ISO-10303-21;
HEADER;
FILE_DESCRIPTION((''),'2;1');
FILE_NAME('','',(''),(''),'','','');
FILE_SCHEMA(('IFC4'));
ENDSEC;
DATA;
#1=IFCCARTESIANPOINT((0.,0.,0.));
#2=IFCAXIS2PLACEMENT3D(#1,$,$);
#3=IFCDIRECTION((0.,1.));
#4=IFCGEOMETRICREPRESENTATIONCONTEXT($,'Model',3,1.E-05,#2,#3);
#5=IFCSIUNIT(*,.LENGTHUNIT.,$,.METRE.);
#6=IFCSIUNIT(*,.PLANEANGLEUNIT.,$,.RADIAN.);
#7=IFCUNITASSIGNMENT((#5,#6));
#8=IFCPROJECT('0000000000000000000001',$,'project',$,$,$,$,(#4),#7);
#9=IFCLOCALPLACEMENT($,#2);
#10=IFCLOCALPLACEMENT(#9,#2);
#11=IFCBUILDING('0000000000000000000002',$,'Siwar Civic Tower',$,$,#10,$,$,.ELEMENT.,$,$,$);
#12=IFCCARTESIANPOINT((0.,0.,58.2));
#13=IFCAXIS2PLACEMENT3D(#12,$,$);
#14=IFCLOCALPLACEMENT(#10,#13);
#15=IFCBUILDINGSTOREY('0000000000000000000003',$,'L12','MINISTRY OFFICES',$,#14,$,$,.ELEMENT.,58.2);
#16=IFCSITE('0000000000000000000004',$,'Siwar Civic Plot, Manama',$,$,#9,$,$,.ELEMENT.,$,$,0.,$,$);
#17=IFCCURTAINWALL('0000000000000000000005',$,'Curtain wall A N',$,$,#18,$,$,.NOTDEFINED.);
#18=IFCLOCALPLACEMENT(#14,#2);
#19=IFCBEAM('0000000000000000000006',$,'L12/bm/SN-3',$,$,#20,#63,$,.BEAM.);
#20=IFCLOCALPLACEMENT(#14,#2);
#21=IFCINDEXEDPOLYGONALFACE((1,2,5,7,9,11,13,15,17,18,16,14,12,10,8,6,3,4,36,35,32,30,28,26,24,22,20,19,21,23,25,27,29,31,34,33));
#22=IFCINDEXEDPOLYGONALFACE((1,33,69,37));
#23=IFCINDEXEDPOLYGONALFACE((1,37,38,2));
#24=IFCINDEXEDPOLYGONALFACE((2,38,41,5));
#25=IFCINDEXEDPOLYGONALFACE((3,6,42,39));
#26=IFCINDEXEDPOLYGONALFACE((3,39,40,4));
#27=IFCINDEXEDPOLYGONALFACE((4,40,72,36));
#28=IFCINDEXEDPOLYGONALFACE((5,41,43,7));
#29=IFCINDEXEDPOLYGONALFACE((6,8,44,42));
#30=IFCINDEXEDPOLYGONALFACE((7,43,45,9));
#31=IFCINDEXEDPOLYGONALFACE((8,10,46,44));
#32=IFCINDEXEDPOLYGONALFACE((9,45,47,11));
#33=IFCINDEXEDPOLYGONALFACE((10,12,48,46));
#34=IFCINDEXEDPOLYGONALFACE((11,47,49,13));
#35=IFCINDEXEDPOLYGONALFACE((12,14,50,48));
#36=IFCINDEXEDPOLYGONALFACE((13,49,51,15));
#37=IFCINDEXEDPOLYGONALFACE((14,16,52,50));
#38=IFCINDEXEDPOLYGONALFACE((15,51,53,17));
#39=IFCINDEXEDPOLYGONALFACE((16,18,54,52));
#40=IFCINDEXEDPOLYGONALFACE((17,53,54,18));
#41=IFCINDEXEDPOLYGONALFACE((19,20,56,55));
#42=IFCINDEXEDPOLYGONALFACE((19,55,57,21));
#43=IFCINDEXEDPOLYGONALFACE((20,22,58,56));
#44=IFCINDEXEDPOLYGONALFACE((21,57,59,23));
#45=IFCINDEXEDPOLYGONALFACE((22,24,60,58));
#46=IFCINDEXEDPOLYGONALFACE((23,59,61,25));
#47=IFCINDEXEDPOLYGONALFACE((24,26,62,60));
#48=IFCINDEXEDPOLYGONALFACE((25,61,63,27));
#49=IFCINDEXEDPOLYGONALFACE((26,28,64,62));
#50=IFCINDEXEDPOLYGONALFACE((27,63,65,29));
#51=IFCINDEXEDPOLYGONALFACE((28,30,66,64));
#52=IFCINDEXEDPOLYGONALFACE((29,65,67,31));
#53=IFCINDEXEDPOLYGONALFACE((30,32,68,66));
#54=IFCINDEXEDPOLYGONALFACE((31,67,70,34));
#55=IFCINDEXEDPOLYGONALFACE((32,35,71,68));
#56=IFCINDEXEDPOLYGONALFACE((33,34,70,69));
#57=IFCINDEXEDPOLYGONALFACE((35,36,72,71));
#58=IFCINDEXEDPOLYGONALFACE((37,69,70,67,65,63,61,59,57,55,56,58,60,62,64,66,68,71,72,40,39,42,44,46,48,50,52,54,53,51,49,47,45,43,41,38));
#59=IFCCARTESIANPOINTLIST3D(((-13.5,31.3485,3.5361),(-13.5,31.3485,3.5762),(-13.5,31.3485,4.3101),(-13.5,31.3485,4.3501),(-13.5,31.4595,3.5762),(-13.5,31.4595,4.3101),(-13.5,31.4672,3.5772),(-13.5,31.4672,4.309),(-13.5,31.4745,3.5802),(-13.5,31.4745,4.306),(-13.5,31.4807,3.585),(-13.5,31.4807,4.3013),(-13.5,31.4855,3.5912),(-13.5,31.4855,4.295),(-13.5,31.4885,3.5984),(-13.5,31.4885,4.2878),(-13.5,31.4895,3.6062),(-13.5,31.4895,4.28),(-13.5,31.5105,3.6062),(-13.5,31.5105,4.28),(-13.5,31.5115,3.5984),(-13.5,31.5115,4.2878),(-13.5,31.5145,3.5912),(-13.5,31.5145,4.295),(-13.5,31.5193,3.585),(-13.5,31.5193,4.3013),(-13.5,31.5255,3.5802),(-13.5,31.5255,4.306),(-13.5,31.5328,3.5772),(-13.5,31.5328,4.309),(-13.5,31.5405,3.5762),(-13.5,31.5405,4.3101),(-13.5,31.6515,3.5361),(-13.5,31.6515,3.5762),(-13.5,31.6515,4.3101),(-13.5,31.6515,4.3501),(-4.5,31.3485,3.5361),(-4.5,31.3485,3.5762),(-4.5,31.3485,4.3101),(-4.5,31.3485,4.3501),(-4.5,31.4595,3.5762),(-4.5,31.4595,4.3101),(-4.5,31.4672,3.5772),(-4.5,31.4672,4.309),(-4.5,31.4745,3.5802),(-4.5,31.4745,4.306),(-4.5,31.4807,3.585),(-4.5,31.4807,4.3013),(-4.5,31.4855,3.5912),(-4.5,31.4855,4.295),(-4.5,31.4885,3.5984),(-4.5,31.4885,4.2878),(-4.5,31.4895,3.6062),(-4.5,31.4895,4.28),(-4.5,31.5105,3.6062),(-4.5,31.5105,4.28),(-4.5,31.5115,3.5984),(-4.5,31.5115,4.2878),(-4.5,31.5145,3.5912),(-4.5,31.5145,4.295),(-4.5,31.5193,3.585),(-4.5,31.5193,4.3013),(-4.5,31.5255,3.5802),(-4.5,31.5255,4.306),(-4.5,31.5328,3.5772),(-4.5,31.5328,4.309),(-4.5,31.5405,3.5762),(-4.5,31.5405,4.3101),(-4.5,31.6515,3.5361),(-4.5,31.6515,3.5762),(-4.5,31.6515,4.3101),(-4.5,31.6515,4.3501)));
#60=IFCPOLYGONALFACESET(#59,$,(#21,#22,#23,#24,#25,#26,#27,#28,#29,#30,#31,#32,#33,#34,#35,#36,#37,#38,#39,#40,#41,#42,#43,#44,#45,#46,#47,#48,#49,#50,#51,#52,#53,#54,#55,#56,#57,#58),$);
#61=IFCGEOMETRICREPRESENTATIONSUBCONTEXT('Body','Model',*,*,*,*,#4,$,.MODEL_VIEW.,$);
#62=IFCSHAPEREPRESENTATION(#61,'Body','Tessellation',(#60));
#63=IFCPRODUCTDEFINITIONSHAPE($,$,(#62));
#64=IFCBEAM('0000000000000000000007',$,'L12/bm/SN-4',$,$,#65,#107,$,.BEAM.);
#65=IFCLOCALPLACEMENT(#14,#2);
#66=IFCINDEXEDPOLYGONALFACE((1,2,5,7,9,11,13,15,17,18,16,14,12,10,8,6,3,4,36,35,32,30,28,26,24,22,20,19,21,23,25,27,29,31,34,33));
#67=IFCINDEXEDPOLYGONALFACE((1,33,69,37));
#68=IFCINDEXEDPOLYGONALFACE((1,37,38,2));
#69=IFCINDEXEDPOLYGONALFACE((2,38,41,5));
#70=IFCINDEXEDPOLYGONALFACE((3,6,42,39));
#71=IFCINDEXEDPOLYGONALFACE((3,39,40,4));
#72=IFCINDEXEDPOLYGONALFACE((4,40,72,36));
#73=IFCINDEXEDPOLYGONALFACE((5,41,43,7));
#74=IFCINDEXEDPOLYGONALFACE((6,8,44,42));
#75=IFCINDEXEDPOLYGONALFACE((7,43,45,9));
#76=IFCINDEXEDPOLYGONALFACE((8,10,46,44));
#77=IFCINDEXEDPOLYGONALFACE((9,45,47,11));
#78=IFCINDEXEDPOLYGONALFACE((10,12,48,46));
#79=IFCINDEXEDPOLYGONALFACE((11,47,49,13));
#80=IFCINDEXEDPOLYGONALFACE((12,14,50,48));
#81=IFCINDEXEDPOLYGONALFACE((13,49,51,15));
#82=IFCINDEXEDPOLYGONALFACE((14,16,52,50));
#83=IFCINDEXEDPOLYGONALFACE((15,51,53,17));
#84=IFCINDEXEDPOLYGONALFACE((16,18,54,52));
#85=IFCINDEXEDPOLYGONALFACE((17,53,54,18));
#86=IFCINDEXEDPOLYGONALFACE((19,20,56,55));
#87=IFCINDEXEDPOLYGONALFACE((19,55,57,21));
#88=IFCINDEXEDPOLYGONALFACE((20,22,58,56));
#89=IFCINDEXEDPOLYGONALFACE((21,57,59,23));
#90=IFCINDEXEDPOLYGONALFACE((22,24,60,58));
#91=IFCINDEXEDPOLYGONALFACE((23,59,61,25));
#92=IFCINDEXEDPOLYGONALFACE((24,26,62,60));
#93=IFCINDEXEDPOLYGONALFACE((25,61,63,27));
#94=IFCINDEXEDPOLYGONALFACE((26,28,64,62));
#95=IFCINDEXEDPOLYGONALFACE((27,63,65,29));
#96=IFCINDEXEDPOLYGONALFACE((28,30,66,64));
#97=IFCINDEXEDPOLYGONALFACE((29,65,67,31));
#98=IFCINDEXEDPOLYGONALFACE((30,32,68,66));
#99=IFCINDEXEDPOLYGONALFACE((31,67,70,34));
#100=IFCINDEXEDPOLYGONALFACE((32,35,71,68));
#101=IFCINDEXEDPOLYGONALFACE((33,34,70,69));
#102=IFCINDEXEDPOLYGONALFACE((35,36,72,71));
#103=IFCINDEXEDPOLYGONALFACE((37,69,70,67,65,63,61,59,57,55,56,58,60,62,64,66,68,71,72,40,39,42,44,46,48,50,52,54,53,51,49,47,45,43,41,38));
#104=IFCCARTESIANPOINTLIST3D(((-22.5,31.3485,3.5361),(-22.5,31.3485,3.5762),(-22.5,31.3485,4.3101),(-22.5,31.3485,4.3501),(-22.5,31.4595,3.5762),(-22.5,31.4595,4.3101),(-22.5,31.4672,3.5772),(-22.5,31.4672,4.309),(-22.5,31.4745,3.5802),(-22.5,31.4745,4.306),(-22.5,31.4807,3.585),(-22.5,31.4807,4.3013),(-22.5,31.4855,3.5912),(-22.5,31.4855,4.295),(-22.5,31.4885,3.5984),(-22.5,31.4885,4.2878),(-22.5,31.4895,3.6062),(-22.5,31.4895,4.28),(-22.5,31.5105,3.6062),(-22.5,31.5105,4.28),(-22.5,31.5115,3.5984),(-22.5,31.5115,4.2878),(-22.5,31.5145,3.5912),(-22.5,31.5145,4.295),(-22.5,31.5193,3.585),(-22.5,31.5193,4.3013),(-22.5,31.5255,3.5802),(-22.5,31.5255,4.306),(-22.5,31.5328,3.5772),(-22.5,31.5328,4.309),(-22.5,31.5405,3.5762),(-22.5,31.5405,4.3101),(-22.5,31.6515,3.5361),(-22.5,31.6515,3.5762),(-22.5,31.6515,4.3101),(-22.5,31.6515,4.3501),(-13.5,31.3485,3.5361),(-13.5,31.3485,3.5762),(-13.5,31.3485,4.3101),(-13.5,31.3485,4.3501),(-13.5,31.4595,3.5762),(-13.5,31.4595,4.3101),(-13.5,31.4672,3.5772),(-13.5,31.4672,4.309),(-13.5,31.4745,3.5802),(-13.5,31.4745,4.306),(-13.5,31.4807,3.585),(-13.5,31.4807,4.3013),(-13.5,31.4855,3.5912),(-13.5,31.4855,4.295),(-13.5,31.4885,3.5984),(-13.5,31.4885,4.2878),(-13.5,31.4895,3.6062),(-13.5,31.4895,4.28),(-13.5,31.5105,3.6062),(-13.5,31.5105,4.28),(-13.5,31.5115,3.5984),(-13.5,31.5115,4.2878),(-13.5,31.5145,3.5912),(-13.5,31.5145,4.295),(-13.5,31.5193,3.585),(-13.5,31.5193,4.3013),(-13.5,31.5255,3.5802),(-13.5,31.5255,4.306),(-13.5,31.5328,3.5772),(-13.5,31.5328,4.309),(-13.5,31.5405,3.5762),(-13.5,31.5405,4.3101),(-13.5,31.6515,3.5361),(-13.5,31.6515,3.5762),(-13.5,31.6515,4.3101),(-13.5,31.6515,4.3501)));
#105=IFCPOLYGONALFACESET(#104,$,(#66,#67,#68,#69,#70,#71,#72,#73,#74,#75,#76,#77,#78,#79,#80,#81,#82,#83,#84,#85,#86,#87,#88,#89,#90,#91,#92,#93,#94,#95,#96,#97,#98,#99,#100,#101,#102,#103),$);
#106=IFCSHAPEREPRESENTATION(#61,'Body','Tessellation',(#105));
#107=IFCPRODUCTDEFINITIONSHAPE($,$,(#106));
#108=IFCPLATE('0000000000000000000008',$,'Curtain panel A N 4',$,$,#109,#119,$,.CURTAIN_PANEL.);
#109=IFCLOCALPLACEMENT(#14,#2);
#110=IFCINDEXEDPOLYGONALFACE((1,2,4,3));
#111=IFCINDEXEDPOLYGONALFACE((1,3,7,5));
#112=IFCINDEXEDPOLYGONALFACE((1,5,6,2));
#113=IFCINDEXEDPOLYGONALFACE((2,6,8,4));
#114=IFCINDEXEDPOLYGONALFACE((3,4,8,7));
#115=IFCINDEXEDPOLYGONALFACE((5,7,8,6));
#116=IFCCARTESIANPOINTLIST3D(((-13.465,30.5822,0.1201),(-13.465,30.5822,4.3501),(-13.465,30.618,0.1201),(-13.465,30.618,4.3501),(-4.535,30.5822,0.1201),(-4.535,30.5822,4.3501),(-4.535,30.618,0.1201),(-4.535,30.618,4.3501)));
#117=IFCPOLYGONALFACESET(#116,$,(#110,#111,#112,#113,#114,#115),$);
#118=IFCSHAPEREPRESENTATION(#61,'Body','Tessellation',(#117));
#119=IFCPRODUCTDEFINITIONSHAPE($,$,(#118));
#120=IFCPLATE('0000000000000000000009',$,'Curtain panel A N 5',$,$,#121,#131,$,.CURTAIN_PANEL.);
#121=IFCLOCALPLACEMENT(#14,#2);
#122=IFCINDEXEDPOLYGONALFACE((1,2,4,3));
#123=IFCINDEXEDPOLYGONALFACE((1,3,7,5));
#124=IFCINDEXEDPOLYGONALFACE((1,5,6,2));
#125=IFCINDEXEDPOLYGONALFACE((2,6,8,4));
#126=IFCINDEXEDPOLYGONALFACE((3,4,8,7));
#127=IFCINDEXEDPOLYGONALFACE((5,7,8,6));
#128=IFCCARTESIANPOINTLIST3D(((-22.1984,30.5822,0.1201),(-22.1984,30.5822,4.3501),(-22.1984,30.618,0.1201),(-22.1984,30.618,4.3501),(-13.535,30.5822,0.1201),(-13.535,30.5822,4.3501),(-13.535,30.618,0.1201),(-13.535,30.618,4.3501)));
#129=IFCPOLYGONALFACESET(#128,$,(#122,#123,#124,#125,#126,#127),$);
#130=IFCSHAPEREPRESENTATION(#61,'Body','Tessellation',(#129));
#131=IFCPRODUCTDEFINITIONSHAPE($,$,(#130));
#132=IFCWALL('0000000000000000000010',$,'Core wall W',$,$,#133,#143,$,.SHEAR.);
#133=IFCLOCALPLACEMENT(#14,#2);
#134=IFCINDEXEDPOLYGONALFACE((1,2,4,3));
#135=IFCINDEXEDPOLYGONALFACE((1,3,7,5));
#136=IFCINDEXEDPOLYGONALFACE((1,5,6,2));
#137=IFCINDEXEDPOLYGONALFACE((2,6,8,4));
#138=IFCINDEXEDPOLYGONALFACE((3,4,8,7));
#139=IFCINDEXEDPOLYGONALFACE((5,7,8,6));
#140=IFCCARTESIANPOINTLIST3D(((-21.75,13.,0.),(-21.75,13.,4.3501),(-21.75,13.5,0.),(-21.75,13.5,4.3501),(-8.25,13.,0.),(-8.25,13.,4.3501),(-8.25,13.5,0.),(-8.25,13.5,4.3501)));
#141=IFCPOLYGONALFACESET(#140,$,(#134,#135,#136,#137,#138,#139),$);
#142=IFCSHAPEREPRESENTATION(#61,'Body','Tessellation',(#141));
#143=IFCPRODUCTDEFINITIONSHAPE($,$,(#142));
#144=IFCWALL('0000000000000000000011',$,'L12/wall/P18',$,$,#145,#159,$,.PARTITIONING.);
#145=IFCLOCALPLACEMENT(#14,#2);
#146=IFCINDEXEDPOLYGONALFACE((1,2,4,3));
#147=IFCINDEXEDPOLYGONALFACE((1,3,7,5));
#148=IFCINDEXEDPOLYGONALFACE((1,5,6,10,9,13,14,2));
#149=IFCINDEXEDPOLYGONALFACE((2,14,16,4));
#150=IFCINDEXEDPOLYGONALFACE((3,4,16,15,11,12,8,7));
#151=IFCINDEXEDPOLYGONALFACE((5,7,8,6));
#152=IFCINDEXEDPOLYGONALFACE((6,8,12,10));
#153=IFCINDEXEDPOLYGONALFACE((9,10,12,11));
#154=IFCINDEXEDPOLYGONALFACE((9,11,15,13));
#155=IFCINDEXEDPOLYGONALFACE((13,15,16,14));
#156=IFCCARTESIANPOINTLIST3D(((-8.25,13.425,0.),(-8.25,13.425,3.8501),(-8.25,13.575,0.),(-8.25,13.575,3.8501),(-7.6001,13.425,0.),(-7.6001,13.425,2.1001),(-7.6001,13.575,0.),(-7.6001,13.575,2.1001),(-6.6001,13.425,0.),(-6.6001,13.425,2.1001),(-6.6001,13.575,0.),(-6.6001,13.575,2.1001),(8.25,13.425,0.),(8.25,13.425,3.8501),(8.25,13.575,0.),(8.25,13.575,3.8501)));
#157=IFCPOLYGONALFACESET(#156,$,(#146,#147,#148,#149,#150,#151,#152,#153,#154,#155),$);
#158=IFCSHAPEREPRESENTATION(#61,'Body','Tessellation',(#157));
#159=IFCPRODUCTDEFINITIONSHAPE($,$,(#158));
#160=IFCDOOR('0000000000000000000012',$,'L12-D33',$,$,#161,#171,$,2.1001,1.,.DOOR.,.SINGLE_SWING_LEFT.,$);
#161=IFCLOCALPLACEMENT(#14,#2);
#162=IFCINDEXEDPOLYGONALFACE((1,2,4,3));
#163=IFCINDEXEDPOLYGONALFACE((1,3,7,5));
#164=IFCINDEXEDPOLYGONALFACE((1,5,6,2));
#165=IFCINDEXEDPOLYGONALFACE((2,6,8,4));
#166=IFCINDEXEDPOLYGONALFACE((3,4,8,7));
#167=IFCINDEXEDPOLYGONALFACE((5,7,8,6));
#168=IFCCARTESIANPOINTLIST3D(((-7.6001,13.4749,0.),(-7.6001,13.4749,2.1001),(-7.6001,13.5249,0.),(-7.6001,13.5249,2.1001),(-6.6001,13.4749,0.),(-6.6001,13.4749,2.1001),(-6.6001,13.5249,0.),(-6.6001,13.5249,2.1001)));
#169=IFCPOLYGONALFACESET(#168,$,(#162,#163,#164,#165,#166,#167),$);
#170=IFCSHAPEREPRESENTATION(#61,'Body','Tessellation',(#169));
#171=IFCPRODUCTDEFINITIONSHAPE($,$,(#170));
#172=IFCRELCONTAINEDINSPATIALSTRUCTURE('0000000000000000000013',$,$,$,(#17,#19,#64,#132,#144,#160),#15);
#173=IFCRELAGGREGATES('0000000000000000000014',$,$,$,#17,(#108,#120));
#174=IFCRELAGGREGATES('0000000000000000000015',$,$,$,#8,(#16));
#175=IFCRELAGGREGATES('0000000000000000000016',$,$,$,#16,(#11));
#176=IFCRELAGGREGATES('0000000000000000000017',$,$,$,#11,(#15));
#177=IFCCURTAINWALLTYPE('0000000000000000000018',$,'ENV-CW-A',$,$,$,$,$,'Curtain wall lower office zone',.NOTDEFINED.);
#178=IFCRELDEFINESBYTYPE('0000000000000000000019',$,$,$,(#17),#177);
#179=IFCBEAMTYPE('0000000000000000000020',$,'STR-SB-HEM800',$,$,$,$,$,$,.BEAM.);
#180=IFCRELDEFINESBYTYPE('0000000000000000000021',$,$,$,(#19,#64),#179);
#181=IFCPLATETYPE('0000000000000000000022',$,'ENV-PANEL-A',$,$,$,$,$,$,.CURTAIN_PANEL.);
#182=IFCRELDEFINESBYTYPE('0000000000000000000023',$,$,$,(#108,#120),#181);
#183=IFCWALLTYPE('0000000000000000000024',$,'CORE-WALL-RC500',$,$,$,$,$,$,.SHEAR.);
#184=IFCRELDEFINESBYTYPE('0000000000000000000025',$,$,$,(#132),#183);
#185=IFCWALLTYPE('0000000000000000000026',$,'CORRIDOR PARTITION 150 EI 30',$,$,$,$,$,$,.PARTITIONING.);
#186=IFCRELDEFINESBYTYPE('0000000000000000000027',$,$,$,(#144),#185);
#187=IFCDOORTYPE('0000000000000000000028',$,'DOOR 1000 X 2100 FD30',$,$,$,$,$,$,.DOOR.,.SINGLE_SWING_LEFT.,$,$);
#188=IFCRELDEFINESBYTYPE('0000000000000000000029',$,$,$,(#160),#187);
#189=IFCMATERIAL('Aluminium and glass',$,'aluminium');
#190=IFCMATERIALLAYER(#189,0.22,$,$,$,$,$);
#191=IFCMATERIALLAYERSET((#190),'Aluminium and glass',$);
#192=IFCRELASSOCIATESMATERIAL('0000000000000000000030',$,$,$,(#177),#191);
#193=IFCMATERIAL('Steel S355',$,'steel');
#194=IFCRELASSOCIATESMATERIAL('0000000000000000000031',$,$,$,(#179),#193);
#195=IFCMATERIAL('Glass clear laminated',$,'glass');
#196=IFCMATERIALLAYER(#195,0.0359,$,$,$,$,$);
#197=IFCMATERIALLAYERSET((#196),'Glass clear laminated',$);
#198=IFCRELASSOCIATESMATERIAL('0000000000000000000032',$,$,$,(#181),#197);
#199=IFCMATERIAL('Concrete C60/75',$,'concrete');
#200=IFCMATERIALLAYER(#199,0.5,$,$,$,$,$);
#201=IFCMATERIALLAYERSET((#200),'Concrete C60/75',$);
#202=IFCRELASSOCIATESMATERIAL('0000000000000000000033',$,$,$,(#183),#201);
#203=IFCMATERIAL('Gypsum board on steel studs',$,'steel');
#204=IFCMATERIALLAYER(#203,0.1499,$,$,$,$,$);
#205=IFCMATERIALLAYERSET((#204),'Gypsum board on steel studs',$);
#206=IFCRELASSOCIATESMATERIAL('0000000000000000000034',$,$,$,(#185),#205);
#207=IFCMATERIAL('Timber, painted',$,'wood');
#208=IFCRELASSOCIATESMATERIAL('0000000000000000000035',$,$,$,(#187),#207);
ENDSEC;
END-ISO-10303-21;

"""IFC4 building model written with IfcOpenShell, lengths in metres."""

from ifc_helpers import new_model, si_unit, direction, frame, frame_2d, origin, origin_2d, place, context, subcontext, project, spatial, rectangle, i_section, extrude, material, layer, layer_set, material_profile, profile_set, type_object, element, fill, aggregate, save


model = new_model("IFC4")

# Units and contexts
model_context = context("Model", 3, precision=1e-05, world=origin(), true_north=direction((0.0, 1.0)))
body_context = subcontext(model_context, "Body", "Model", "MODEL_VIEW")
ifc_project = project(units=[si_unit("LENGTHUNIT", "METRE"), si_unit("PLANEANGLEUNIT", "RADIAN")], contexts=[model_context])

# Site, building, storey
site_placement = place(None, origin())
site = spatial("IfcSite", under=ifc_project, at=site_placement, Name="Siwar Civic Plot, Manama", CompositionType="ELEMENT", RefElevation=0.0)
building_placement = place(site_placement, origin())
building = spatial("IfcBuilding", under=site, at=building_placement, Name="Siwar Civic Tower", CompositionType="ELEMENT")
storey_placement = place(building_placement, frame((0.0, 0.0, 58.2)))
storey = spatial("IfcBuildingStorey", under=building, at=storey_placement, Name="L12", Description="MINISTRY OFFICES", CompositionType="ELEMENT", Elevation=58.2)

# Curtain wall
ifc_material_1 = material(Name="Aluminium and glass", Category="aluminium")
ifc_layer_1 = layer(ifc_material_1, 0.22)
ifc_layer_set_1 = layer_set([ifc_layer_1], Name="Aluminium and glass")
curtain_wall_type = type_object("IfcCurtainWallType", Name="ENV-CW-A", ElementType="Curtain wall lower office zone", PredefinedType="NOTDEFINED", material=ifc_layer_set_1)
curtain_wall_placement = place(storey_placement, origin())
curtain_wall = element("IfcCurtainWall", 1, at=curtain_wall_placement, inside=storey, type_object=curtain_wall_type, Name="Curtain wall A N", PredefinedType="NOTDEFINED")

# Beams
ifc_material_2 = material(Name="Steel S355", Category="steel")
ifc_material_profile_1 = material_profile(ifc_material_2, i_section(OverallWidth=0.303, OverallDepth=0.814, WebThickness=0.021, FlangeThickness=0.04, FilletRadius=0.03, at=origin_2d()), Name="HEM800")
ifc_profile_set_1 = profile_set([ifc_material_profile_1], Name="Steel S355")
beam_type_1 = type_object("IfcBeamType", Name="STR-SB-HEM800", PredefinedType="BEAM", material=ifc_profile_set_1)
for number, where, z_axis, x_axis, name in (
    (2, (-4.5, 31.5, 3.9431), (-1.0, 0.0, 0.0), (0.0, -1.0, 0.0), "L12/bm/SN-3"),
    (3, (-13.5, 31.5, 3.9431), (-1.0, 0.0, 0.0), (0.0, -1.0, 0.0), "L12/bm/SN-4"),
):
    element("IfcBeam", number, at=place(storey_placement, frame(where, z_axis=z_axis, x_axis=x_axis)), inside=storey, type_object=beam_type_1, Name=name, PredefinedType="BEAM", context=body_context, shape_type="SweptSolid", body=[
        extrude(i_section(OverallWidth=0.303, OverallDepth=0.814, WebThickness=0.021, FlangeThickness=0.04, FilletRadius=0.03, at=origin_2d()), origin(), (0.0, 0.0, 1.0), 9.0),
    ])

# Plates
ifc_material_3 = material(Name="Glass clear laminated", Category="glass")
ifc_layer_2 = layer(ifc_material_3, 0.0359)
ifc_layer_set_2 = layer_set([ifc_layer_2], Name="Glass clear laminated")
plate_type = type_object("IfcPlateType", Name="ENV-PANEL-A", PredefinedType="CURTAIN_PANEL", material=ifc_layer_set_2)
plate_1_placement = place(storey_placement, frame((-9.0, 30.6001, 0.1201), z_axis=(0.0, 0.0, 1.0), x_axis=(-1.0, 0.0, 0.0)))
plate_1 = element("IfcPlate", 4, at=plate_1_placement, type_object=plate_type, Name="Curtain panel A N 4", PredefinedType="CURTAIN_PANEL", context=body_context, shape_type="SweptSolid", body=[
    extrude(rectangle(XDim=8.9299, YDim=0.0359, at=origin_2d()), origin(), (0.0, 0.0, 1.0), 4.23),
])
plate_2_placement = place(storey_placement, frame((-17.8667, 30.6001, 0.1201), z_axis=(0.0, 0.0, 1.0), x_axis=(-1.0, 0.0, 0.0)))
plate_2 = element("IfcPlate", 5, at=plate_2_placement, type_object=plate_type, Name="Curtain panel A N 5", PredefinedType="CURTAIN_PANEL", context=body_context, shape_type="SweptSolid", body=[
    extrude(rectangle(XDim=8.6633, YDim=0.0359, at=origin_2d()), origin(), (0.0, 0.0, 1.0), 4.23),
])
aggregate(curtain_wall, [plate_1, plate_2])

# Wall
ifc_material_4 = material(Name="Concrete C60/75", Category="concrete")
ifc_layer_3 = layer(ifc_material_4, 0.5)
ifc_layer_set_3 = layer_set([ifc_layer_3], Name="Concrete C60/75")
wall_type_1 = type_object("IfcWallType", Name="CORE-WALL-RC500", PredefinedType="SHEAR", material=ifc_layer_set_3)
wall_1_placement = place(storey_placement, frame((-8.25, 13.25, 0.0), z_axis=(0.0, 0.0, 1.0), x_axis=(-1.0, 0.0, 0.0)))
element("IfcWall", 6, at=wall_1_placement, inside=storey, type_object=wall_type_1, Name="Core wall W", PredefinedType="SHEAR", context=body_context, shape_type="SweptSolid", body=[
    extrude(rectangle(XDim=13.5, YDim=0.5, at=frame_2d((6.75, 0.0))), origin(), (0.0, 0.0, 1.0), 4.3501),
])

# Wall, opening, door
ifc_material_5 = material(Name="Gypsum board on steel studs", Category="steel")
ifc_layer_4 = layer(ifc_material_5, 0.1499)
ifc_layer_set_4 = layer_set([ifc_layer_4], Name="Gypsum board on steel studs")
wall_type_2 = type_object("IfcWallType", Name="CORRIDOR PARTITION 150 EI 30", PredefinedType="PARTITIONING", material=ifc_layer_set_4)
wall_2_placement = place(storey_placement, frame((-8.25, 13.5, 0.0), z_axis=(0.0, 0.0, 1.0), x_axis=(1.0, 0.0, 0.0)))
wall_2 = element("IfcWall", 7, at=wall_2_placement, inside=storey, type_object=wall_type_2, Name="L12/wall/P18", PredefinedType="PARTITIONING", context=body_context, shape_type="SweptSolid", body=[
    extrude(rectangle(XDim=16.5, YDim=0.1499, at=frame_2d((8.25, 0.0))), origin(), (0.0, 0.0, 1.0), 3.8501),
])
opening_1_placement = place(wall_2_placement, frame((0.6499, 0.0, 0.0)))
opening_1 = element("IfcOpeningElement", 8, at=opening_1_placement, cuts=wall_2, PredefinedType="OPENING", context=body_context, shape_type="SweptSolid", body=[
    extrude(rectangle(XDim=1.0, YDim=2.1001, at=frame_2d((0.5, 1.05))), frame((0.0, 0.085, 0.0), z_axis=(0.0, -1.0, 0.0), x_axis=(1.0, 0.0, 0.0)), (0.0, 0.0, 1.0), 0.1699),
])
ifc_material_6 = material(Name="Timber, painted", Category="wood")
door_type_1 = type_object("IfcDoorType", Name="DOOR 1000 X 2100 FD30", OperationType="SINGLE_SWING_LEFT", PredefinedType="DOOR", material=ifc_material_6)
door_1_placement = place(opening_1_placement, origin())
door_1 = element("IfcDoor", 9, at=door_1_placement, inside=storey, type_object=door_type_1, Name="L12-D33", OperationType="SINGLE_SWING_LEFT", OverallHeight=2.1001, OverallWidth=1.0, PredefinedType="DOOR", context=body_context, shape_type="SweptSolid", body=[
    extrude(rectangle(XDim=1.0, YDim=2.1001, at=frame_2d((0.5, 1.05))), frame((0.0, 0.0249, 0.0), z_axis=(0.0, -1.0, 0.0), x_axis=(1.0, 0.0, 0.0)), (0.0, 0.0, 1.0), 0.05),
])
fill(opening_1, door_1)

save(model, "model.ifc")
